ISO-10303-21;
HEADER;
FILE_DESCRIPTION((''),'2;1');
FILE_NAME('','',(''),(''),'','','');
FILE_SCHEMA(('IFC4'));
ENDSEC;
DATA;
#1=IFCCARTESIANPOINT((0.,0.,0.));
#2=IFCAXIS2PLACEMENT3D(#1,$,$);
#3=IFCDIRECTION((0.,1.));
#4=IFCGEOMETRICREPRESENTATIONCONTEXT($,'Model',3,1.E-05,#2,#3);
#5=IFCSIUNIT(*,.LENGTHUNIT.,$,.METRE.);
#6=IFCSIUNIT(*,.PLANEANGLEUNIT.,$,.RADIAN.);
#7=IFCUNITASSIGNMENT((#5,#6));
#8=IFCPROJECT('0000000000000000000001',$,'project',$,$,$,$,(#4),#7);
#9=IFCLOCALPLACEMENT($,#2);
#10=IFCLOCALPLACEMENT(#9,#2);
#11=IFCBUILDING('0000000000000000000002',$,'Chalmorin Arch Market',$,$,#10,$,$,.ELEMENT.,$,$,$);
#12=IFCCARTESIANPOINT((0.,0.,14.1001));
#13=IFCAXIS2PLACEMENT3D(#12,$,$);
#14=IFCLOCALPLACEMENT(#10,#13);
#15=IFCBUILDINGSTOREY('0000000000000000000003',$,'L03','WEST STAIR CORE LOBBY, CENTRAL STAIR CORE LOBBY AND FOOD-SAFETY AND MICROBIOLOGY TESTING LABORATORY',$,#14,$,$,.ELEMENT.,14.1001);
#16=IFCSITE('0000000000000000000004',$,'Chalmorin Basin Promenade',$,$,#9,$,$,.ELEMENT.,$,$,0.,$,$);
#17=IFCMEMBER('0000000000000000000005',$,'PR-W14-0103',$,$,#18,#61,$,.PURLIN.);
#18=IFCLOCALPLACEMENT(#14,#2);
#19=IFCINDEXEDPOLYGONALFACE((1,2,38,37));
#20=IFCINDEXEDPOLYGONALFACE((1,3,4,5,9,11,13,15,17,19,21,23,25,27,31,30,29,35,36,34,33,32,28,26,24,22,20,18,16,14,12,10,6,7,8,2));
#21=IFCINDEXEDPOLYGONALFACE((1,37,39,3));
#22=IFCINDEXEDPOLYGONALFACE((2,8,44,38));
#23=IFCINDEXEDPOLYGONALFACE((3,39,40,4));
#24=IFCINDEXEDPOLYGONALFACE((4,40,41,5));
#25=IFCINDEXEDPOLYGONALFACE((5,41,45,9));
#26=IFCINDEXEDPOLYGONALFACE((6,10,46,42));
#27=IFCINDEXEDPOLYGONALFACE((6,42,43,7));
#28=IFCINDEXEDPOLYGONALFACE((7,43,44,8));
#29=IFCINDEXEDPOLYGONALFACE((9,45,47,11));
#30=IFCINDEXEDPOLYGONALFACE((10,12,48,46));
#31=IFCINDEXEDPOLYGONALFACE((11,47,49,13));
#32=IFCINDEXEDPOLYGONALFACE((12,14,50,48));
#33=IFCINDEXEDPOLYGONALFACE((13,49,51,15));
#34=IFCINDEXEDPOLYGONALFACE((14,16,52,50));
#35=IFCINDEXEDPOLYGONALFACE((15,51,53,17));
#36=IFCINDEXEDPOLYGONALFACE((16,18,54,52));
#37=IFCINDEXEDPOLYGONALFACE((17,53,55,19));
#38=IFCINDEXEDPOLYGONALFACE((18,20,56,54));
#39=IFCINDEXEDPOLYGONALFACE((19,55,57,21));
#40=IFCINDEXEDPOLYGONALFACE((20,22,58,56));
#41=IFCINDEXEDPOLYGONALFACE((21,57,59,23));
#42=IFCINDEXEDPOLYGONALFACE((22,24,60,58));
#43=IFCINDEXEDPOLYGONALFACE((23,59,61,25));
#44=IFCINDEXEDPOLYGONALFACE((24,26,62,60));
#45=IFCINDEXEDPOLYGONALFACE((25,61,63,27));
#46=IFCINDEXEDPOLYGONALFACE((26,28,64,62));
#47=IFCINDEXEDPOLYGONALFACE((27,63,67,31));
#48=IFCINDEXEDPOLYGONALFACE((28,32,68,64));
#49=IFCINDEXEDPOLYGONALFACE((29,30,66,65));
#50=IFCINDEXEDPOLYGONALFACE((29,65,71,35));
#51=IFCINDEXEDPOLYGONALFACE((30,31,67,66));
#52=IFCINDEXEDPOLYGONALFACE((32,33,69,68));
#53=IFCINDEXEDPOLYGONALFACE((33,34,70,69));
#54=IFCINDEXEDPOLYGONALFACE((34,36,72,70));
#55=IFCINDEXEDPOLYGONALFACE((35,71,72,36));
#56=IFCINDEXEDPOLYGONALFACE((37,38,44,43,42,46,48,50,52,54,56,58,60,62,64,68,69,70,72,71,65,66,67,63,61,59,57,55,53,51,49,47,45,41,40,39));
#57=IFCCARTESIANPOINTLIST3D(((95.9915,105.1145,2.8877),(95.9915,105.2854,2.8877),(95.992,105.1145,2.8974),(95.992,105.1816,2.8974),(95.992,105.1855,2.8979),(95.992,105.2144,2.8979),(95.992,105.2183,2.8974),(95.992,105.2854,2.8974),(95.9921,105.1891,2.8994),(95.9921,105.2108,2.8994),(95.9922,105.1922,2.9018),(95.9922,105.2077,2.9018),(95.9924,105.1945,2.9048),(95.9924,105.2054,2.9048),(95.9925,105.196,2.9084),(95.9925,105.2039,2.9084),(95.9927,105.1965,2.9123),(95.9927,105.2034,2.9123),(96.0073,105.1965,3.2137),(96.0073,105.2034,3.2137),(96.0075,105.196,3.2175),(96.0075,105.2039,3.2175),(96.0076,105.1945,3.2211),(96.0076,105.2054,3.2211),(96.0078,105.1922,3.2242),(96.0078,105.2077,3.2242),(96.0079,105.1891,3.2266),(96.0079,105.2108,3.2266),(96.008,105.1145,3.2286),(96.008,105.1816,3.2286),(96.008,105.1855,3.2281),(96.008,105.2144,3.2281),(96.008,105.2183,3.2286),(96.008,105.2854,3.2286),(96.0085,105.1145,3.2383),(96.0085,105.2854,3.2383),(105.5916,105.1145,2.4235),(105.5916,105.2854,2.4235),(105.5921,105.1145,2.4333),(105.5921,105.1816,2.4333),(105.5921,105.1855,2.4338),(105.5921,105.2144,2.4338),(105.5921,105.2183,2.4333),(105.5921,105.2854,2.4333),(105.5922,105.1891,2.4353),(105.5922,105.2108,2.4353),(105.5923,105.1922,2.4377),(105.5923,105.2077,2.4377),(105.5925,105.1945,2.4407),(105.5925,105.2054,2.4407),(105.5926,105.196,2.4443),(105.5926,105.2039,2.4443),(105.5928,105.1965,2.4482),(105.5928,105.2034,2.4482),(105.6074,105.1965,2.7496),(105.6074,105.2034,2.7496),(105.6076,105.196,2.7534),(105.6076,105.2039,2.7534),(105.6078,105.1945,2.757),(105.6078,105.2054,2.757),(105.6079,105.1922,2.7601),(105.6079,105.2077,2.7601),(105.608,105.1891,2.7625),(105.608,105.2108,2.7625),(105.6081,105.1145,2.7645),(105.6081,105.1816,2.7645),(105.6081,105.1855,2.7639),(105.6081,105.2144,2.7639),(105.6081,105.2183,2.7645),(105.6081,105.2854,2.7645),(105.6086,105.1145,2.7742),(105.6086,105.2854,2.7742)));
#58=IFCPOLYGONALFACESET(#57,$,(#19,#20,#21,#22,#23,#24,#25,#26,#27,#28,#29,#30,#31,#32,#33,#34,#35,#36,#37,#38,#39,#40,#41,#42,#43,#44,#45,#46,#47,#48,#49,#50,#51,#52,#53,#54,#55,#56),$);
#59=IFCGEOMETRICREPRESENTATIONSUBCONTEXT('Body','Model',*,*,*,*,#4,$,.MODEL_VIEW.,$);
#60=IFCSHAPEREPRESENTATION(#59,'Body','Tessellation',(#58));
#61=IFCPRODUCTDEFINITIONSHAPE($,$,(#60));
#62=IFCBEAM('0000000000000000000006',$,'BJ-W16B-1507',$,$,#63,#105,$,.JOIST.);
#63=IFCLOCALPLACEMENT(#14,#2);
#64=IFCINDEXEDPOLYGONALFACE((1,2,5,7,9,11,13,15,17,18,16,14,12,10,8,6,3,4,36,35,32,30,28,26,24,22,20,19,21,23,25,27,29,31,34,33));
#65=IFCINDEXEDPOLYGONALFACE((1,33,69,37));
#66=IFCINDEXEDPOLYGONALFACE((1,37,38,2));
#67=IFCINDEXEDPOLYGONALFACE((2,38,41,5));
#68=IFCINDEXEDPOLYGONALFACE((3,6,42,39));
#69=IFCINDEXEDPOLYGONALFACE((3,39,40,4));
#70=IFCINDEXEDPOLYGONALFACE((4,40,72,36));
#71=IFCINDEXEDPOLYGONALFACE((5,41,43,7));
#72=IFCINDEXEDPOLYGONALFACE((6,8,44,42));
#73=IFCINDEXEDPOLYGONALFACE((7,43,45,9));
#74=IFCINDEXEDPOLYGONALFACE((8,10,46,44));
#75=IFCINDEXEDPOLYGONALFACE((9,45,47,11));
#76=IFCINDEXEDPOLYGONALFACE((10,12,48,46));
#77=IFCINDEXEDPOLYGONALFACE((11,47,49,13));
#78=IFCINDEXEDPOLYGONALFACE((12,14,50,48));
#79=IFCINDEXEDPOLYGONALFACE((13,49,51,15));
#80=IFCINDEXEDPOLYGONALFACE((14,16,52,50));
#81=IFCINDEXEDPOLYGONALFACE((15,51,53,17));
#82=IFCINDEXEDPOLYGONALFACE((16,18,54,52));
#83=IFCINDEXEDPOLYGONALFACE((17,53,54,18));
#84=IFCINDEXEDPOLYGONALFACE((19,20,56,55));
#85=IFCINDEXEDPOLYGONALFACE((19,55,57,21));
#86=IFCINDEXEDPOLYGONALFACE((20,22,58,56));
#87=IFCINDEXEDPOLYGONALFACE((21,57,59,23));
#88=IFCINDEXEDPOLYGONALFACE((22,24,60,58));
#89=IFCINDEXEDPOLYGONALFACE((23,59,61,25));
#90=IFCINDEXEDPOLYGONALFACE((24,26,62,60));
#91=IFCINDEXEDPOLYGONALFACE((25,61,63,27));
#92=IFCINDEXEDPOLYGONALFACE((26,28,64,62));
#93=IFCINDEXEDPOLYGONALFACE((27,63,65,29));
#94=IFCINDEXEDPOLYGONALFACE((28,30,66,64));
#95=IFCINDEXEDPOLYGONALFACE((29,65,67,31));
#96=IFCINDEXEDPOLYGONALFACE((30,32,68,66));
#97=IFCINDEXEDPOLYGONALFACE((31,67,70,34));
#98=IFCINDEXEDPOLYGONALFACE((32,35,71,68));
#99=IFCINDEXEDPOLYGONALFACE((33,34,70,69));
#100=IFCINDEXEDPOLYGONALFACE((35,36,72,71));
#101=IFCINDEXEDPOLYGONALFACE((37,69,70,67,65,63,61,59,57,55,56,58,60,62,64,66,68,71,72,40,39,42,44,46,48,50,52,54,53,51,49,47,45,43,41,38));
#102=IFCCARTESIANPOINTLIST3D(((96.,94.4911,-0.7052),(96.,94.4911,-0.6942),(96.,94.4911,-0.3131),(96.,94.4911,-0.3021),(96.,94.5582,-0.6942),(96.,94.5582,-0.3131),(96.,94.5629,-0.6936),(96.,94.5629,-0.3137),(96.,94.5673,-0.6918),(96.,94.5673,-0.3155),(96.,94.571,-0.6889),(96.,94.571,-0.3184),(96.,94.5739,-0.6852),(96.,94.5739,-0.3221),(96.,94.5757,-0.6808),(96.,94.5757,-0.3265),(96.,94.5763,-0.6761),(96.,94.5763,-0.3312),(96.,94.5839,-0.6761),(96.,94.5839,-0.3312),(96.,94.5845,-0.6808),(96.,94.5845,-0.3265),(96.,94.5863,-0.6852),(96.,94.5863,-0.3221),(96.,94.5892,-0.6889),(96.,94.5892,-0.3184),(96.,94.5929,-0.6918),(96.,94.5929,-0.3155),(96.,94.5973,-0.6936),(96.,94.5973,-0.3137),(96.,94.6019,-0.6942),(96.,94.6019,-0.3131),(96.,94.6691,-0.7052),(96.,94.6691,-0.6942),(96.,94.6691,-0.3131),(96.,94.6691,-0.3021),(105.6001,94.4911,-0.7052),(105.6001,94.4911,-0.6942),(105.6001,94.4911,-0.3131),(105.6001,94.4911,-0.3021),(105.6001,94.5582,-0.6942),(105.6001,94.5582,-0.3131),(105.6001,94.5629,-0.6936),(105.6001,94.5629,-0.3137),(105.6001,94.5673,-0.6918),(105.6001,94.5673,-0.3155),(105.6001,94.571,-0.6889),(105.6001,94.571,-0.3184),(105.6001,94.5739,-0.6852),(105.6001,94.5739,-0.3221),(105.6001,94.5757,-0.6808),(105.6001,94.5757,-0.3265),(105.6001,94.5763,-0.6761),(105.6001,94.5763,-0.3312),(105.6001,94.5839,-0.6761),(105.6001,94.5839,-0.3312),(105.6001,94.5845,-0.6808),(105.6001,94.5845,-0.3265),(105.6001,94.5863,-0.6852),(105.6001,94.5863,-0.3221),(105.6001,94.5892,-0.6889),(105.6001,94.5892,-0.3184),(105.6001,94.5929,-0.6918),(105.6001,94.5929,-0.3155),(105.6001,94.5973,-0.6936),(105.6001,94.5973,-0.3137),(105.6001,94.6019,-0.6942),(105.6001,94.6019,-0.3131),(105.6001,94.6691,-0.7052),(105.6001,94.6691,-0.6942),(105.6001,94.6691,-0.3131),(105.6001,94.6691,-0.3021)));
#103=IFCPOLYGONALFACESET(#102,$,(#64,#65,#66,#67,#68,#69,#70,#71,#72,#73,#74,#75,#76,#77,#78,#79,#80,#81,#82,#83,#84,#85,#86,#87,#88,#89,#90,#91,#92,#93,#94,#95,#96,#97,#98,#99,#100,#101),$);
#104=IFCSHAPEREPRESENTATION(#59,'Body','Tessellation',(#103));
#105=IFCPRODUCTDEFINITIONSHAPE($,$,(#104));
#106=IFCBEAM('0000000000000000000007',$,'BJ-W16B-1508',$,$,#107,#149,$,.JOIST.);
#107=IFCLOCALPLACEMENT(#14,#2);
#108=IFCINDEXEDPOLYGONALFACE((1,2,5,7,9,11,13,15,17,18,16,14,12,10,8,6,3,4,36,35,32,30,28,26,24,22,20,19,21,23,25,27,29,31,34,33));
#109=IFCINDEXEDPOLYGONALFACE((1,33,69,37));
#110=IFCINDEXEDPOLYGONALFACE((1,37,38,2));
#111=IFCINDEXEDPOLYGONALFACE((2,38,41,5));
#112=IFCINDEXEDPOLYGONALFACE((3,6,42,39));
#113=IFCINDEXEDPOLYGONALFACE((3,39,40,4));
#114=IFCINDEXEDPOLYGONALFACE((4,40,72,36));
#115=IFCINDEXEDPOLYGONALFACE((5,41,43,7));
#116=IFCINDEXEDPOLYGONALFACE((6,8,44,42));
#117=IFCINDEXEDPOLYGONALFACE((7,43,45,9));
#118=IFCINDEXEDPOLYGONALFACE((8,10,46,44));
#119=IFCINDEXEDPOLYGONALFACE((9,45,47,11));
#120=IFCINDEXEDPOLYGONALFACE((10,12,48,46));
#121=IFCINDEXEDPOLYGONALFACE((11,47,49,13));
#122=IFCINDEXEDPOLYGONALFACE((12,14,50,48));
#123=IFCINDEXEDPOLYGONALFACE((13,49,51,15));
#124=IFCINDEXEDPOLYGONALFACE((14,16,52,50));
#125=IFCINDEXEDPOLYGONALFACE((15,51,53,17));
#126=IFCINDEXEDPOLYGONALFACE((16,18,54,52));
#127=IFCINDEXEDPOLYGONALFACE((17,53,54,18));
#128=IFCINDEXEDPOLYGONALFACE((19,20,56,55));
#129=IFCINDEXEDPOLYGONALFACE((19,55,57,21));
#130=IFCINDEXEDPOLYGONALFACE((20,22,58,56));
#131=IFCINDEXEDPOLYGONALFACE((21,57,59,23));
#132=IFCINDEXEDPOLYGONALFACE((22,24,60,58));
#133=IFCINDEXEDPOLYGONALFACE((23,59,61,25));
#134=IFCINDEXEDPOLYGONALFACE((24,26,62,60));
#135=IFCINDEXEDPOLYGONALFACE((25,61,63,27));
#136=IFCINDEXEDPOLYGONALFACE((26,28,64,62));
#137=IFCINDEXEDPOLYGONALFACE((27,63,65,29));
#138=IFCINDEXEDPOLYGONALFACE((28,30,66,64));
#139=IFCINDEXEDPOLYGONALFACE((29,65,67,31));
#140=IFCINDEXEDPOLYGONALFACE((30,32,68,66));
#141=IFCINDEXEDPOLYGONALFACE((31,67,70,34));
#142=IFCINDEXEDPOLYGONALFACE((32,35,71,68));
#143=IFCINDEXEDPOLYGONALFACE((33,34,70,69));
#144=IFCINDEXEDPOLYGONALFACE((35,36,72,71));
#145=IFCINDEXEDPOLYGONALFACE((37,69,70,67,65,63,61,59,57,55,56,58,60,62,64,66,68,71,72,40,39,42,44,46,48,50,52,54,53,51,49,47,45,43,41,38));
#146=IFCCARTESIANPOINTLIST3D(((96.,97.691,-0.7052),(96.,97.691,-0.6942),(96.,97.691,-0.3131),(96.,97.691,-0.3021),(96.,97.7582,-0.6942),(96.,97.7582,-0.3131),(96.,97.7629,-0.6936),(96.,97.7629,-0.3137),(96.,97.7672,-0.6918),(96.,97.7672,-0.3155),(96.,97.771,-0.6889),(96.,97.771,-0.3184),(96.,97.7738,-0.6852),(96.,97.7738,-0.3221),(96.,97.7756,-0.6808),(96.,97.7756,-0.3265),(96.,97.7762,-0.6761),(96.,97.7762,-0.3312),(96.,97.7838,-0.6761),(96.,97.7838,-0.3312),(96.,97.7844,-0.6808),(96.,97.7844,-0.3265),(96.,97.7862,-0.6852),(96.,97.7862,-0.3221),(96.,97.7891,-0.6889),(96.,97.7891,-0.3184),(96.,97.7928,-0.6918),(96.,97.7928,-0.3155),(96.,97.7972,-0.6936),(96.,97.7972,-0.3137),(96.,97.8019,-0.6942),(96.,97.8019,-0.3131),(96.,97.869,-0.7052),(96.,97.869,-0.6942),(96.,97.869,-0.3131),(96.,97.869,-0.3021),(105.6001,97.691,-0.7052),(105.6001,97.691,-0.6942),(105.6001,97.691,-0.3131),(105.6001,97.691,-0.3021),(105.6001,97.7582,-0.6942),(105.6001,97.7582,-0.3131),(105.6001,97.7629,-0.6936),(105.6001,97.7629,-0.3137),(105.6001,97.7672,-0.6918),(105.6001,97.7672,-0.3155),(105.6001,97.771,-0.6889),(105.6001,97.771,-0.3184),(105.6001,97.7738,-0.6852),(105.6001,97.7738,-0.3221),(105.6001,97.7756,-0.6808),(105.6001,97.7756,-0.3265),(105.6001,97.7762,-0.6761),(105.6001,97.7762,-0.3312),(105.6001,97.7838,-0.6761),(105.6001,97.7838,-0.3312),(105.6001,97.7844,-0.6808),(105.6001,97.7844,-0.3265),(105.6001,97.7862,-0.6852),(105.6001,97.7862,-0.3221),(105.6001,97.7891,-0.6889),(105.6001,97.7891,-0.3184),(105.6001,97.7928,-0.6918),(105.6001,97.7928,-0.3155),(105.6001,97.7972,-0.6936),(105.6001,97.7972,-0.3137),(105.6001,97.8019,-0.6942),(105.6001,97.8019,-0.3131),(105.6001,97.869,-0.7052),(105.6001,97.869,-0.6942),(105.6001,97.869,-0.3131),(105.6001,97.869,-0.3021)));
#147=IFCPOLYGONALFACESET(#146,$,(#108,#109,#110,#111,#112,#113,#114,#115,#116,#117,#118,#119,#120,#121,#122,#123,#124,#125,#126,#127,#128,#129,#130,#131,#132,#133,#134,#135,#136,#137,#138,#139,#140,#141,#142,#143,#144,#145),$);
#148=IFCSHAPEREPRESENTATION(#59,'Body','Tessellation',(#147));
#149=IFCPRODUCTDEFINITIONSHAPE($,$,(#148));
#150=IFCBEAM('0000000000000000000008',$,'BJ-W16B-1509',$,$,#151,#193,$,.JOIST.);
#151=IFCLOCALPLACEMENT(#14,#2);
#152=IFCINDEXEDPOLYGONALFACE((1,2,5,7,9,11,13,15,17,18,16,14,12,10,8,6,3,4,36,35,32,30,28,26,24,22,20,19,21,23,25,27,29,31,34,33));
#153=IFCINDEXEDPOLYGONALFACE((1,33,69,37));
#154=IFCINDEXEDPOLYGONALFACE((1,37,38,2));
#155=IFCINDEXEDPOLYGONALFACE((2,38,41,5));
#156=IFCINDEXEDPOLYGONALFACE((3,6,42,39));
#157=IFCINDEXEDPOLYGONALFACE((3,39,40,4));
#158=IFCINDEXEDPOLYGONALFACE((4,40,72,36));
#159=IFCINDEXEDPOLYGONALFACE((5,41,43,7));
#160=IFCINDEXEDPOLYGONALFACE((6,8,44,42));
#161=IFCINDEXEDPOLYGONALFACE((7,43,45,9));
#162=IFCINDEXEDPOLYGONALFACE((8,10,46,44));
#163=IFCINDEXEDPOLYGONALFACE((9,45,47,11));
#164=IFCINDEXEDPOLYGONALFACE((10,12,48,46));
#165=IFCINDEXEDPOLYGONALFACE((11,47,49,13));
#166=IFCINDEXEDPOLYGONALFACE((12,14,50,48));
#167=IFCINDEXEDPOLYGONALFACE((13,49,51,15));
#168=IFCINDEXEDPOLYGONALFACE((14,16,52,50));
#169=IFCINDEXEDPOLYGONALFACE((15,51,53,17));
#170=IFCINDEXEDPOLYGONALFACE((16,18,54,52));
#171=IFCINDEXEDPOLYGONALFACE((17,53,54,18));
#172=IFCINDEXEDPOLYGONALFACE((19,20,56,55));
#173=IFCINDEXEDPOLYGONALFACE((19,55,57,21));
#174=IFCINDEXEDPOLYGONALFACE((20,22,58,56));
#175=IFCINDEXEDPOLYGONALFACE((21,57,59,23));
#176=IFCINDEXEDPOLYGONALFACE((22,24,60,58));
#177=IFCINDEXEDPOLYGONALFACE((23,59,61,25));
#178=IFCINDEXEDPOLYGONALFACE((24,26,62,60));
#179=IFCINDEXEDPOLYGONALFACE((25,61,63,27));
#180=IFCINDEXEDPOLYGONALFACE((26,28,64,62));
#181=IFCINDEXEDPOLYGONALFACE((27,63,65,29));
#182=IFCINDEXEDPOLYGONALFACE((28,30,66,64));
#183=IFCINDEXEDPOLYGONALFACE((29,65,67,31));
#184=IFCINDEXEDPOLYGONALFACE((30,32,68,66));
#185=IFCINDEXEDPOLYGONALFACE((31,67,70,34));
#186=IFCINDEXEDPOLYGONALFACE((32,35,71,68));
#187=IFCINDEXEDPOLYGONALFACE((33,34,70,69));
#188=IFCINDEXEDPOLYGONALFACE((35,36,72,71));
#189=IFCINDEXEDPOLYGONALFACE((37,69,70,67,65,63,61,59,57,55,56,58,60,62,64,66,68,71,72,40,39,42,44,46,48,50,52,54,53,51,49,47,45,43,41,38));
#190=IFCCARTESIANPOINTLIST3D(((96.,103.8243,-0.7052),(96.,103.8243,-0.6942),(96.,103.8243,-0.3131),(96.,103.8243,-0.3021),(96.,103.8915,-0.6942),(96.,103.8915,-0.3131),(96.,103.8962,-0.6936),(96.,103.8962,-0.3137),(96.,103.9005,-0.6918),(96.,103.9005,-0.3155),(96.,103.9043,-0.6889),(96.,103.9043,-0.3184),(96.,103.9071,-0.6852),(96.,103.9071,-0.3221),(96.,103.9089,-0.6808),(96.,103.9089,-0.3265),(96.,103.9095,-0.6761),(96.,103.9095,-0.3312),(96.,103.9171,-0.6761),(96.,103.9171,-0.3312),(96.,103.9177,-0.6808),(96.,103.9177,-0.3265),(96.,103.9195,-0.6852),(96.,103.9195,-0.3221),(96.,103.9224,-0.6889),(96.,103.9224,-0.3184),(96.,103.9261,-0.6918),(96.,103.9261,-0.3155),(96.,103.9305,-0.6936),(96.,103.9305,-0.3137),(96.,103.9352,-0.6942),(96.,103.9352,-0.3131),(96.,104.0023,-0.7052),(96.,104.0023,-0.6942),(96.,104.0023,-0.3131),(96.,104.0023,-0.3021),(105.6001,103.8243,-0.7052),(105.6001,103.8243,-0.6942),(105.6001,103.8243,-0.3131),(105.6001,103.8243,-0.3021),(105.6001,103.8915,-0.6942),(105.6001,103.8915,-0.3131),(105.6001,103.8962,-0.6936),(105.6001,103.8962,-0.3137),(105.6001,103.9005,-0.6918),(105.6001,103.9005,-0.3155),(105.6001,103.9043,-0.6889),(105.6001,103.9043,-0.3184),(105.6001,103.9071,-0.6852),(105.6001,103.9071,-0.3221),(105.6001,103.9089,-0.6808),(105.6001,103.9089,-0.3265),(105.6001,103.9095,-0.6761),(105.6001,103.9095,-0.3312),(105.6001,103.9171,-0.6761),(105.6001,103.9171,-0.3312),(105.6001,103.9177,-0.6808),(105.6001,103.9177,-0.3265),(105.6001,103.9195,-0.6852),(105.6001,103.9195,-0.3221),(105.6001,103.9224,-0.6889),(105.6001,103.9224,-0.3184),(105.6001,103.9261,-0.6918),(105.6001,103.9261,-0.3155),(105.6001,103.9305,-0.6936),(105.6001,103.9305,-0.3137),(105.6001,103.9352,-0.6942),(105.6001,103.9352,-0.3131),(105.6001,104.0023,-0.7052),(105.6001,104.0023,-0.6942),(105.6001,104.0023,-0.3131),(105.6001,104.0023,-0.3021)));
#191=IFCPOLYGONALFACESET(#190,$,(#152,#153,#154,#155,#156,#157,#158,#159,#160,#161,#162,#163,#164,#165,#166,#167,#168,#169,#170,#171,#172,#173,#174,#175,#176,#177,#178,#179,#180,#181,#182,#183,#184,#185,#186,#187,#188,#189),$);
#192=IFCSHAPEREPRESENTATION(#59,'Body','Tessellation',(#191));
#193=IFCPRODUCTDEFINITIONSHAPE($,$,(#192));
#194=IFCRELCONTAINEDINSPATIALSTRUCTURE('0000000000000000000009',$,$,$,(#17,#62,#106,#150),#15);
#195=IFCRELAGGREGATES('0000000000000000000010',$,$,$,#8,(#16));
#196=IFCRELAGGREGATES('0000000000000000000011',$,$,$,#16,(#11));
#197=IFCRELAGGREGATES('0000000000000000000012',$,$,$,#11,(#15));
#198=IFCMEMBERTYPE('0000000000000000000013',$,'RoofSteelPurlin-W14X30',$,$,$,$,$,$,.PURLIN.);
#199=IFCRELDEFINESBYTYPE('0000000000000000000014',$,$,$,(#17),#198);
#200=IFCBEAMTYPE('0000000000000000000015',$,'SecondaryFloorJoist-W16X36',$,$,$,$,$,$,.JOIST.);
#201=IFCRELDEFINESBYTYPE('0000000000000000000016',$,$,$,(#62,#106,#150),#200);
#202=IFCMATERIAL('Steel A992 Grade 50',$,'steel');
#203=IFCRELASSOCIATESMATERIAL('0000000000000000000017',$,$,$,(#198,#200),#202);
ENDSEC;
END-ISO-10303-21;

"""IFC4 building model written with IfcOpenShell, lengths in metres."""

from ifc_helpers import new_model, si_unit, direction, frame, origin, origin_2d, place, context, subcontext, project, spatial, i_section, extrude, material, material_profile, profile_set, type_object, element, save


model = new_model("IFC4")

# Units and contexts
model_context = context("Model", 3, precision=1e-05, world=origin(), true_north=direction((0.0, 1.0)))
body_context = subcontext(model_context, "Body", "Model", "MODEL_VIEW")
ifc_project = project(units=[si_unit("LENGTHUNIT", "METRE"), si_unit("PLANEANGLEUNIT", "RADIAN")], contexts=[model_context])

# Site, building, storey
site_placement = place(None, origin())
site = spatial("IfcSite", under=ifc_project, at=site_placement, Name="Chalmorin Basin Promenade", CompositionType="ELEMENT", RefElevation=0.0)
building_placement = place(site_placement, origin())
building = spatial("IfcBuilding", under=site, at=building_placement, Name="Chalmorin Arch Market", CompositionType="ELEMENT")
storey_placement = place(building_placement, frame((0.0, 0.0, 14.1001)))
storey = spatial("IfcBuildingStorey", under=building, at=storey_placement, Name="L03", Description="WEST STAIR CORE LOBBY, CENTRAL STAIR CORE LOBBY AND FOOD-SAFETY AND MICROBIOLOGY TESTING LABORATORY", CompositionType="ELEMENT", Elevation=14.1001)

# Shared definitions
ifc_material_1 = material(Name="Steel A992 Grade 50", Category="steel")

# Member
ifc_material_profile_1 = material_profile(ifc_material_1, i_section(OverallWidth=0.1709, OverallDepth=0.3511, WebThickness=0.0068, FlangeThickness=0.0098, FilletRadius=0.0149, at=origin_2d()), Name="W14X30")
ifc_profile_set_1 = profile_set([ifc_material_profile_1], Name="Steel A992 Grade 50")
member_type = type_object("IfcMemberType", Name="RoofSteelPurlin-W14X30", PredefinedType="PURLIN", material=ifc_profile_set_1)
member_1_placement = place(storey_placement, frame((96.0, 105.2, 3.063), z_axis=(0.998833, 0.0, -0.048288), x_axis=(0.0, 1.0, 0.0)))
element("IfcMember", 1, at=member_1_placement, inside=storey, type_object=member_type, Name="PR-W14-0103", PredefinedType="PURLIN", context=body_context, shape_type="SweptSolid", body=[
    extrude(i_section(OverallWidth=0.1709, OverallDepth=0.3511, WebThickness=0.0068, FlangeThickness=0.0098, FilletRadius=0.0149, at=origin_2d()), origin(), (0.0, 0.0, 1.0), 9.6113),
])

# Beams
ifc_material_profile_2 = material_profile(ifc_material_1, i_section(OverallWidth=0.178, OverallDepth=0.4031, WebThickness=0.0076, FlangeThickness=0.011, FilletRadius=0.0181, at=origin_2d()), Name="W16X36")
ifc_profile_set_2 = profile_set([ifc_material_profile_2], Name="Steel A992 Grade 50")
beam_type_1 = type_object("IfcBeamType", Name="SecondaryFloorJoist-W16X36", PredefinedType="JOIST", material=ifc_profile_set_2)
for number, where, z_axis, x_axis, name in (
    (2, (96.0, 94.5801, -0.5037), (1.0, 0.0, 0.0), (0.0, 1.0, 0.0), "BJ-W16B-1507"),
    (3, (96.0, 97.78, -0.5037), (1.0, 0.0, 0.0), (0.0, 1.0, 0.0), "BJ-W16B-1508"),
    (4, (96.0, 103.9133, -0.5037), (1.0, 0.0, 0.0), (0.0, 1.0, 0.0), "BJ-W16B-1509"),
):
    element("IfcBeam", number, at=place(storey_placement, frame(where, z_axis=z_axis, x_axis=x_axis)), inside=storey, type_object=beam_type_1, Name=name, PredefinedType="JOIST", context=body_context, shape_type="SweptSolid", body=[
        extrude(i_section(OverallWidth=0.178, OverallDepth=0.4031, WebThickness=0.0076, FlangeThickness=0.011, FilletRadius=0.0181, at=origin_2d()), origin(), (0.0, 0.0, 1.0), 9.6001),
    ])

save(model, "model.ifc")
